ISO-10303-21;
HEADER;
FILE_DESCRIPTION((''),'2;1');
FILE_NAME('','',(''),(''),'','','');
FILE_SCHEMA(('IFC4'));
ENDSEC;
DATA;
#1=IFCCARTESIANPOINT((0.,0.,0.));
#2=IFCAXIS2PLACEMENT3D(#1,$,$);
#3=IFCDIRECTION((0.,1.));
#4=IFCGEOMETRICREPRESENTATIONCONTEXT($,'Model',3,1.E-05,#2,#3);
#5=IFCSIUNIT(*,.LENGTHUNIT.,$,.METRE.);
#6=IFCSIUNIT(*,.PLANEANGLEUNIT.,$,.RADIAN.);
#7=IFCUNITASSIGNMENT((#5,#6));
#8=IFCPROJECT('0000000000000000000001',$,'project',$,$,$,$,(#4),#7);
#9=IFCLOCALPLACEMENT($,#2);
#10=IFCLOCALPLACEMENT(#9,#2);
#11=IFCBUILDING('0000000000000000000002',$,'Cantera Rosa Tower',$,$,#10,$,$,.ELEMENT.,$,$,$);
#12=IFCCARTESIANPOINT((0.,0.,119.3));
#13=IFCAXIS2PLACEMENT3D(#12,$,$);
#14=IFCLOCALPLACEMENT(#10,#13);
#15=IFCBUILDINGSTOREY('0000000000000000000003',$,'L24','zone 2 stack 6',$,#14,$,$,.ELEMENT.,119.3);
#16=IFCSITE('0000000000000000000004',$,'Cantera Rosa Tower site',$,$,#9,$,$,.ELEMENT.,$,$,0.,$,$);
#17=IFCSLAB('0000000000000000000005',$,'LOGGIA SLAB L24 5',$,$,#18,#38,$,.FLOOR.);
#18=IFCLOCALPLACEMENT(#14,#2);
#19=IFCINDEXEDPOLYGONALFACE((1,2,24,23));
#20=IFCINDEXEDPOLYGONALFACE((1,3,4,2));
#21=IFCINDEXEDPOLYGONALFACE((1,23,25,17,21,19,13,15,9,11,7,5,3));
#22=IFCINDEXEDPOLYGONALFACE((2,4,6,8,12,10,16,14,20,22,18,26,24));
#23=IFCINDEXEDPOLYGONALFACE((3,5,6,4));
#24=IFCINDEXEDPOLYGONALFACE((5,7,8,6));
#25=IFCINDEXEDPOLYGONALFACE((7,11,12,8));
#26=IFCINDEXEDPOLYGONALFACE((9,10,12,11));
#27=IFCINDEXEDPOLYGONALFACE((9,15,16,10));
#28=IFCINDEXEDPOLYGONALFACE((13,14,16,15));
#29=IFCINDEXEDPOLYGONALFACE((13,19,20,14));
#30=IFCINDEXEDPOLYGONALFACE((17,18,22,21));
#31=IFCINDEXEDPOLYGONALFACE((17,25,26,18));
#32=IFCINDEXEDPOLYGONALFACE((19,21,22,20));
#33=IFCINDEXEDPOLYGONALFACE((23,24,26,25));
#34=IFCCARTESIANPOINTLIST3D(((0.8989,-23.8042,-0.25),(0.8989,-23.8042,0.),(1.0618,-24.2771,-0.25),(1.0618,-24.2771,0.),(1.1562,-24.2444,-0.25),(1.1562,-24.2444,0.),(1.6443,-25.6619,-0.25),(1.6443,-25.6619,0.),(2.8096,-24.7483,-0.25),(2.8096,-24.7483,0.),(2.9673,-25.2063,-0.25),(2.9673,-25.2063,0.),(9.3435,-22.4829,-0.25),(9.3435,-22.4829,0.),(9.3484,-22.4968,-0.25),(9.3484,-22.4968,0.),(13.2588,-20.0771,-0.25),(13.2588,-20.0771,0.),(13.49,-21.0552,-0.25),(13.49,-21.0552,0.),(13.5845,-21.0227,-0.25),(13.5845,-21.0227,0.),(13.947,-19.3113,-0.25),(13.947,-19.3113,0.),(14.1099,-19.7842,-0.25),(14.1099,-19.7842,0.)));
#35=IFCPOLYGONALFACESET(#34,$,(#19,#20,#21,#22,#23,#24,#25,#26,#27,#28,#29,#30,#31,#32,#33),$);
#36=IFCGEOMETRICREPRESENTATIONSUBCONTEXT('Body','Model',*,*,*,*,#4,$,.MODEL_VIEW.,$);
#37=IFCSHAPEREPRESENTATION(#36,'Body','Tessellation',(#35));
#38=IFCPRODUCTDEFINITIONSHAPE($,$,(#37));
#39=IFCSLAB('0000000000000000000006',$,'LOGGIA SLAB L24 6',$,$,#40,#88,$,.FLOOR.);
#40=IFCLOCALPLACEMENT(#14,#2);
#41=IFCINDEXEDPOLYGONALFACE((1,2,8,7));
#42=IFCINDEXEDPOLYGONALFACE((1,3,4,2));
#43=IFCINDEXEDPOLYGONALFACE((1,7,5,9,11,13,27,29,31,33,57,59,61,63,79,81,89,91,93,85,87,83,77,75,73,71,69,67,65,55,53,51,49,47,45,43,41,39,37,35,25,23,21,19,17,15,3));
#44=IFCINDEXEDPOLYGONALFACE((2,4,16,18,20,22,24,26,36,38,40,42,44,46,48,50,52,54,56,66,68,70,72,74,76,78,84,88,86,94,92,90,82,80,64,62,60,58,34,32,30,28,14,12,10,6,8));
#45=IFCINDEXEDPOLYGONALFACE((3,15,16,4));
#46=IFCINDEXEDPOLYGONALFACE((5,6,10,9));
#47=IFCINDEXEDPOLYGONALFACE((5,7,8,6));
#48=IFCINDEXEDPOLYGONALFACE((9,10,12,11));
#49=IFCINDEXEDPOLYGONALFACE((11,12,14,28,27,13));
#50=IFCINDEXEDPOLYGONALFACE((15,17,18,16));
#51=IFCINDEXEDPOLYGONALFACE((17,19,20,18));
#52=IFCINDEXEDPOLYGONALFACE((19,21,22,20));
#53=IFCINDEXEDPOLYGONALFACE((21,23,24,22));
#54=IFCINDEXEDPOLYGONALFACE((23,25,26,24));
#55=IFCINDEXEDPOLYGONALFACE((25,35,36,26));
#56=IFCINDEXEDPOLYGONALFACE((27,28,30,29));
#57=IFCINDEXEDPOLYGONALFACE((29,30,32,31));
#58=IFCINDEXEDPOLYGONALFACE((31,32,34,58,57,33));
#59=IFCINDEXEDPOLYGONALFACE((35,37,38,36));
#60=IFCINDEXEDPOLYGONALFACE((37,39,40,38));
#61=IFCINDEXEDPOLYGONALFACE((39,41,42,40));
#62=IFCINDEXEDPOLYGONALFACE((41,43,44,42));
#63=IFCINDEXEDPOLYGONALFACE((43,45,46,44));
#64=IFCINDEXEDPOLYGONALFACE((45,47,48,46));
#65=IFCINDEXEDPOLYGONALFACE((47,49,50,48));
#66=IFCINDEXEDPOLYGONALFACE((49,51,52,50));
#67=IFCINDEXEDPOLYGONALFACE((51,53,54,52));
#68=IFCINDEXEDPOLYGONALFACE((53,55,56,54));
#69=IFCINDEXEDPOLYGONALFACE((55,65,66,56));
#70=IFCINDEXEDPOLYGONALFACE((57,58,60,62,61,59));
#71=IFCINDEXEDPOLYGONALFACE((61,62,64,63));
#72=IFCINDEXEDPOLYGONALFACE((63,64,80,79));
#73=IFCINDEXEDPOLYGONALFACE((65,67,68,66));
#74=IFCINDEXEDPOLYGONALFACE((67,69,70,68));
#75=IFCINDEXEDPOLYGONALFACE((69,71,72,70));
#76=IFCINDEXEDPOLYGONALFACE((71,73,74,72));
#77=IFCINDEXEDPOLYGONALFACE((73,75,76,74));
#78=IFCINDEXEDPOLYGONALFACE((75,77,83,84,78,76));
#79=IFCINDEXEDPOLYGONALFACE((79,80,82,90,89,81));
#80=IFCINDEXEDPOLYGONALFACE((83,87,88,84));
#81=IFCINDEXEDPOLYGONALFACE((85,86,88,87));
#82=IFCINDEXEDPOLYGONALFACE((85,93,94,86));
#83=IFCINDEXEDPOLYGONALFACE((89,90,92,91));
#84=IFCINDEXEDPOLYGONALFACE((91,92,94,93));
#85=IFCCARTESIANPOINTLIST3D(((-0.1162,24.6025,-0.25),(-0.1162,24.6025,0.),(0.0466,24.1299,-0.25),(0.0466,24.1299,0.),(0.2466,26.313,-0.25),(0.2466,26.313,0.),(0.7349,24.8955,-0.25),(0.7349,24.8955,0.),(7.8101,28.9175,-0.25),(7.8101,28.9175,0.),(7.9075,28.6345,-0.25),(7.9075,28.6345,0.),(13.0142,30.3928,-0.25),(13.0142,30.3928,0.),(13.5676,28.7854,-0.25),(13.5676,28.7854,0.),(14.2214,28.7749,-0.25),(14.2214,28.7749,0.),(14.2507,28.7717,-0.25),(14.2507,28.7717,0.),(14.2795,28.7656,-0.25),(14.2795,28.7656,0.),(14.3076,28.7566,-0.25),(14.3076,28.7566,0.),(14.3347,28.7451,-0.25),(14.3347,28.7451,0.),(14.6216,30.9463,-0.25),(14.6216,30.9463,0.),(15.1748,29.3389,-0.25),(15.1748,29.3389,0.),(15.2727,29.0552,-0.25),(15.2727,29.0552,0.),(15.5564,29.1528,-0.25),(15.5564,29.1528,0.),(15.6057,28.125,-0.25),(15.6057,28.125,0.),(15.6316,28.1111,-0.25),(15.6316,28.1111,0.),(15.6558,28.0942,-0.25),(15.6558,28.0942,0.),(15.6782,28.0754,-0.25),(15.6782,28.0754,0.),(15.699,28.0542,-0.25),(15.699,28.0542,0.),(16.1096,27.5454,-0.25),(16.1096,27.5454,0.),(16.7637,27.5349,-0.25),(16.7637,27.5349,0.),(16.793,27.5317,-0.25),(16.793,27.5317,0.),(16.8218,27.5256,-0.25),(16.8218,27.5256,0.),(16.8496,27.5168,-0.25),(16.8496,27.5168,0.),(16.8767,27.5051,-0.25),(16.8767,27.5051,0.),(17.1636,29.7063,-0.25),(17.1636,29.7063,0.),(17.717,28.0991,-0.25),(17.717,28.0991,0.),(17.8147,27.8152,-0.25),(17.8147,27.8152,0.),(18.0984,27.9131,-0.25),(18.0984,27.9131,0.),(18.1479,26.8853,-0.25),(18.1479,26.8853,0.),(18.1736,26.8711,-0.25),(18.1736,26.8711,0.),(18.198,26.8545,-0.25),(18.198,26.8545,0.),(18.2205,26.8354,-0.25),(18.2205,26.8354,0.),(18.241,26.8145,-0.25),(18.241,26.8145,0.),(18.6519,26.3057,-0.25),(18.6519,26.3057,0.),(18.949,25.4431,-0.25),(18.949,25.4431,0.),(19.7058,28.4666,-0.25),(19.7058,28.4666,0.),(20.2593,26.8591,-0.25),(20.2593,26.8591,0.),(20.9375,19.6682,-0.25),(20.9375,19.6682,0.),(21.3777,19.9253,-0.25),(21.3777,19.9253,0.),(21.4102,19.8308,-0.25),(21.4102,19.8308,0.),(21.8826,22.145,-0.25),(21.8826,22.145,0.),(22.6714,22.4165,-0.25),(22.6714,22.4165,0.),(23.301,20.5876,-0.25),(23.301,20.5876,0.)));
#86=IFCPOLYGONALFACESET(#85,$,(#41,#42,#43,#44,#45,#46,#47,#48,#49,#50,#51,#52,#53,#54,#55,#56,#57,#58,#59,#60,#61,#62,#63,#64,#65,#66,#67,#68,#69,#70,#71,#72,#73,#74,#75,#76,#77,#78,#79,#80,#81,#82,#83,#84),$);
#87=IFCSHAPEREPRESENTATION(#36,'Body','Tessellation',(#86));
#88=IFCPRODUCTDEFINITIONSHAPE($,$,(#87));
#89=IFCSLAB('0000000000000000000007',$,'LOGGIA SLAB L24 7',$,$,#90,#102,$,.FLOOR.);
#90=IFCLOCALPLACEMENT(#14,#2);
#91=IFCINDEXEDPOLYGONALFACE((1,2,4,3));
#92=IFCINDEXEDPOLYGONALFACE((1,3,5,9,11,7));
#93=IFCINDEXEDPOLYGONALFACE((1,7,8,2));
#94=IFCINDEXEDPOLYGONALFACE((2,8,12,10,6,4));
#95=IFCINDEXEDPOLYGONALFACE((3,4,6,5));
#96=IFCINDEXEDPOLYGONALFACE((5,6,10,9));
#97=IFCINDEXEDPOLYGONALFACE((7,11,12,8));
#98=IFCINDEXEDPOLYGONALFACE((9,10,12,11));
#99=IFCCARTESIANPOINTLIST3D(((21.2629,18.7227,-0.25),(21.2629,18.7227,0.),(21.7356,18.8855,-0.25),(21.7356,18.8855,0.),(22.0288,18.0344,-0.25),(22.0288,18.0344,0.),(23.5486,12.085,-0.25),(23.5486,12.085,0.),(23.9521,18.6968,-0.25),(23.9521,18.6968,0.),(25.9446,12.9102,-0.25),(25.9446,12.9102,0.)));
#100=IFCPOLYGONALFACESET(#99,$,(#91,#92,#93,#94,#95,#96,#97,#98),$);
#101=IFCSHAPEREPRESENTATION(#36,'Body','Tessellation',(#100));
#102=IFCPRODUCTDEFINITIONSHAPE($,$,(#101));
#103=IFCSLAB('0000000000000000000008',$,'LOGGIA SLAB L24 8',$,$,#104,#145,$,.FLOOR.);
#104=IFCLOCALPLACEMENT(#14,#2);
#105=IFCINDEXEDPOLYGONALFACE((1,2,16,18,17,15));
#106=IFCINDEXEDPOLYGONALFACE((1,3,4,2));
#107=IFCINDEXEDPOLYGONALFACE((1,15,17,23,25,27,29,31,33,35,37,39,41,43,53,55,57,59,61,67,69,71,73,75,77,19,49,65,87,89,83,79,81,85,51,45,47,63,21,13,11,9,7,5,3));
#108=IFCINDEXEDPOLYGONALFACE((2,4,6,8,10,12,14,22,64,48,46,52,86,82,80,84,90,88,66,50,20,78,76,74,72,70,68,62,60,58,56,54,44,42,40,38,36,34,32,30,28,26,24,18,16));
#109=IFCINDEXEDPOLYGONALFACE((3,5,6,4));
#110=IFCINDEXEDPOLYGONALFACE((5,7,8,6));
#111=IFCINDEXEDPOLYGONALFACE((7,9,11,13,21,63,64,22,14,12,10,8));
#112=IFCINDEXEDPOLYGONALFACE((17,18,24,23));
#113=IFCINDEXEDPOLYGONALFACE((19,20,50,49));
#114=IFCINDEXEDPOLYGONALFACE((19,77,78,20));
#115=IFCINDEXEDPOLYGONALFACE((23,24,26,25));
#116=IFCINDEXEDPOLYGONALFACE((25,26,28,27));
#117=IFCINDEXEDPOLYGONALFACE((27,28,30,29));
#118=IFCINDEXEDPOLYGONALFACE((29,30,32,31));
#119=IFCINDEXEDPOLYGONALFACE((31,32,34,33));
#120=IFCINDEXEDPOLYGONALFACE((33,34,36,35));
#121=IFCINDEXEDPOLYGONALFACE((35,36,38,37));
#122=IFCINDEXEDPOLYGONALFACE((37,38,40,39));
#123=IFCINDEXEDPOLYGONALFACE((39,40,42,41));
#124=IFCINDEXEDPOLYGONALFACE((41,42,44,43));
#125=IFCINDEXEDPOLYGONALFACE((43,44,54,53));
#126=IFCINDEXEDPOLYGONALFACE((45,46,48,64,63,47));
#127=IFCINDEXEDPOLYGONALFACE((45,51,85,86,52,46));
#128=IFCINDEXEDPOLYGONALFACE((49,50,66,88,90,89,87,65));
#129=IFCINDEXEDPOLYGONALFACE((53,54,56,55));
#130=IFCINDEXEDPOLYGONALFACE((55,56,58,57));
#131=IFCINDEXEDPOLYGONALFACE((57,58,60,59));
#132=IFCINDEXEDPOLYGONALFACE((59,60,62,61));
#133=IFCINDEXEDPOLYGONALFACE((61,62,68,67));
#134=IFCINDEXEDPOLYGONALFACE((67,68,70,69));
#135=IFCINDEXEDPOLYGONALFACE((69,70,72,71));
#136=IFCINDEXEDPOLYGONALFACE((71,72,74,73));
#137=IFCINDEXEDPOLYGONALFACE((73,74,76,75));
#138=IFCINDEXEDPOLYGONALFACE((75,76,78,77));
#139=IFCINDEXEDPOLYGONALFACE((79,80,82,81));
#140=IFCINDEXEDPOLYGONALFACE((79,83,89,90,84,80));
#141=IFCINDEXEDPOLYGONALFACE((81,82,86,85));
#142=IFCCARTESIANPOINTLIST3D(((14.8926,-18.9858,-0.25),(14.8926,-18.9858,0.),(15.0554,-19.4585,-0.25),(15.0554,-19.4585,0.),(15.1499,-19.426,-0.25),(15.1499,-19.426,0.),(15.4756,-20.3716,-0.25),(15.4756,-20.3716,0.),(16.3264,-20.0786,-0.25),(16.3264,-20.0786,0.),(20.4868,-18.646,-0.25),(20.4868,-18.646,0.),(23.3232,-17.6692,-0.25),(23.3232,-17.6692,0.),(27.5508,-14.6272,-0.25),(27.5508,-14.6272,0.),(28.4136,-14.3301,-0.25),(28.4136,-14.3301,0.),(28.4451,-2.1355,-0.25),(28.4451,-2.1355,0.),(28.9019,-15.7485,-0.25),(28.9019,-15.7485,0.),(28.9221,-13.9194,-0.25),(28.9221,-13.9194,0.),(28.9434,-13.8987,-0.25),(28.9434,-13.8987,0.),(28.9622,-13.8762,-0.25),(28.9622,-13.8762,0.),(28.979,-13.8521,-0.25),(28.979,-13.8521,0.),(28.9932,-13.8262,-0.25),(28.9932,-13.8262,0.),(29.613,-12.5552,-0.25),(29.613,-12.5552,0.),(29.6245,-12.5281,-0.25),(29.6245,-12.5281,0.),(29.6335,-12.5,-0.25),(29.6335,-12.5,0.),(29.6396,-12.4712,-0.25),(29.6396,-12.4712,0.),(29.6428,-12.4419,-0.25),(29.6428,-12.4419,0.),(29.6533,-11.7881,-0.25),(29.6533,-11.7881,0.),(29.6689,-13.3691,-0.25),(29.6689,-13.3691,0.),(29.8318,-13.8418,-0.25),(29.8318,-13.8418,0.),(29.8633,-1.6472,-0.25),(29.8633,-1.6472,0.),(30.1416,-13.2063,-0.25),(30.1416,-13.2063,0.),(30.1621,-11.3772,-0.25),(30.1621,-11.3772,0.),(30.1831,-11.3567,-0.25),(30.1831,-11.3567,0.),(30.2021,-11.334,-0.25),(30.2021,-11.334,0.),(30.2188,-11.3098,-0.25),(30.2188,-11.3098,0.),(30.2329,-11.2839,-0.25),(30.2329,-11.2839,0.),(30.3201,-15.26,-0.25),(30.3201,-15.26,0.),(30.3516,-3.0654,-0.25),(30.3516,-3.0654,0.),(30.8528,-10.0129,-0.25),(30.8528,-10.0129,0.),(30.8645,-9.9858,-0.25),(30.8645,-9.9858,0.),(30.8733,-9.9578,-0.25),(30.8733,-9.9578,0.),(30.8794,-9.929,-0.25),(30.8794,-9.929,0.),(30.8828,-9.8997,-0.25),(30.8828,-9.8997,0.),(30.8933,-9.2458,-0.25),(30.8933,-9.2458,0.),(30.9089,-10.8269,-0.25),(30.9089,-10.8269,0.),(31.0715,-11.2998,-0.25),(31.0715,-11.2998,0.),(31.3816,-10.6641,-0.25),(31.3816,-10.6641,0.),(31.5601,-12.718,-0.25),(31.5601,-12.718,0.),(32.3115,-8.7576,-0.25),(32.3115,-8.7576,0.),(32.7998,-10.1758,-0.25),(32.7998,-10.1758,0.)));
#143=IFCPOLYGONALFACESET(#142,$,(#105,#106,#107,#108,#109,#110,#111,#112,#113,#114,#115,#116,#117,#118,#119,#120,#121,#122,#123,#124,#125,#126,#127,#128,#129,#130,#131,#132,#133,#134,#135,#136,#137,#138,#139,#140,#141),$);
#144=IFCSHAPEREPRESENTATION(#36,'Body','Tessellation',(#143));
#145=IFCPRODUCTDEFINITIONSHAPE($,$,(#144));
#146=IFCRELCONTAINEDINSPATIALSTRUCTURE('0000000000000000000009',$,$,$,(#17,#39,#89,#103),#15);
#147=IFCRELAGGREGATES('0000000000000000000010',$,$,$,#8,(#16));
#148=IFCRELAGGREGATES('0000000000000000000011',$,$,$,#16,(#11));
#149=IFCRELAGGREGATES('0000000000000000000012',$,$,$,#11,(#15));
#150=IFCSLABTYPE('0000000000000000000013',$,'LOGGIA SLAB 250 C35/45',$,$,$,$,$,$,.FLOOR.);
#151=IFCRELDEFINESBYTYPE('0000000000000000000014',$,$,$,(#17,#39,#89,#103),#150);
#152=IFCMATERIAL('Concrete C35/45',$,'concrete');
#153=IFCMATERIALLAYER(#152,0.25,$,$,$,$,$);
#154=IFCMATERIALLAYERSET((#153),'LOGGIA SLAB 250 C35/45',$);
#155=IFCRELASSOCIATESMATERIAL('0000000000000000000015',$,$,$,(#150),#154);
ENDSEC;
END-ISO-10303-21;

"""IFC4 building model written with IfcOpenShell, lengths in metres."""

from ifc_helpers import new_model, si_unit, direction, frame, origin, place, context, subcontext, project, spatial, polyline, outline, extrude, material, layer, layer_set, type_object, element, save


model = new_model("IFC4")

# Units and contexts
model_context = context("Model", 3, precision=1e-05, world=origin(), true_north=direction((0.0, 1.0)))
body_context = subcontext(model_context, "Body", "Model", "MODEL_VIEW")
ifc_project = project(units=[si_unit("LENGTHUNIT", "METRE"), si_unit("PLANEANGLEUNIT", "RADIAN")], contexts=[model_context])

# Site, building, storey
site_placement = place(None, origin())
site = spatial("IfcSite", under=ifc_project, at=site_placement, Name="Cantera Rosa Tower site", CompositionType="ELEMENT", RefElevation=0.0)
building_placement = place(site_placement, origin())
building = spatial("IfcBuilding", under=site, at=building_placement, Name="Cantera Rosa Tower", CompositionType="ELEMENT")
storey_placement = place(building_placement, frame((0.0, 0.0, 119.3)))
storey = spatial("IfcBuildingStorey", under=building, at=storey_placement, Name="L24", Description="zone 2 stack 6", CompositionType="ELEMENT", Elevation=119.3)

# Slabs
ifc_material_1 = material(Name="Concrete C35/45", Category="concrete")
ifc_layer_1 = layer(ifc_material_1, 0.25)
ifc_layer_set_1 = layer_set([ifc_layer_1], Name="LOGGIA SLAB 250 C35/45")
slab_type_1 = type_object("IfcSlabType", Name="LOGGIA SLAB 250 C35/45", PredefinedType="FLOOR", material=ifc_layer_set_1)
slab_1_placement = place(storey_placement, frame((0.0, 0.0, -0.25)))
element("IfcSlab", 1, at=slab_1_placement, inside=storey, type_object=slab_type_1, Name="LOGGIA SLAB L24 5", PredefinedType="FLOOR", context=body_context, shape_type="SweptSolid", body=[
    extrude(outline(polyline([(1.0618, -24.2771), (0.8989, -23.8042), (13.947, -19.3113), (14.1099, -19.7842), (13.2588, -20.0771), (13.5845, -21.0227), (13.49, -21.0552), (9.3435, -22.4829), (9.3484, -22.4968), (2.8096, -24.7483), (2.9673, -25.2063), (1.6443, -25.6619), (1.1562, -24.2444), (1.0618, -24.2771)])), origin(), (0.0, 0.0, 1.0), 0.25),
])
slab_2_placement = place(storey_placement, frame((0.0, 0.0, -0.25)))
element("IfcSlab", 2, at=slab_2_placement, inside=storey, type_object=slab_type_1, Name="LOGGIA SLAB L24 6", PredefinedType="FLOOR", context=body_context, shape_type="SweptSolid", body=[
    extrude(outline(polyline([(13.0142, 30.3928), (14.6216, 30.9463), (15.1748, 29.3389), (15.2727, 29.0552), (15.5564, 29.1528), (17.1636, 29.7063), (17.717, 28.0991), (17.8147, 27.8152), (18.0984, 27.9131), (19.7058, 28.4666), (20.2593, 26.8591), (21.8826, 22.145), (22.6714, 22.4165), (23.301, 20.5876), (21.3777, 19.9253), (21.4102, 19.8308), (20.9375, 19.6682), (18.949, 25.4431), (18.6519, 26.3057), (18.241, 26.8145), (18.2205, 26.8354), (18.198, 26.8545), (18.1736, 26.8711), (18.1479, 26.8853), (16.8767, 27.5051), (16.8496, 27.5168), (16.8218, 27.5256), (16.793, 27.5317), (16.7637, 27.5349), (16.1096, 27.5454), (15.699, 28.0542), (15.6782, 28.0754), (15.6558, 28.0942), (15.6316, 28.1111), (15.6057, 28.125), (14.3347, 28.7451), (14.3076, 28.7566), (14.2795, 28.7656), (14.2507, 28.7717), (14.2214, 28.7749), (13.5676, 28.7854), (0.0466, 24.1299), (-0.1162, 24.6025), (0.7349, 24.8955), (0.2466, 26.313), (7.8101, 28.9175), (7.9075, 28.6345), (13.0142, 30.3928)])), origin(), (0.0, 0.0, 1.0), 0.25),
])
slab_3_placement = place(storey_placement, frame((0.0, 0.0, -0.25)))
element("IfcSlab", 3, at=slab_3_placement, inside=storey, type_object=slab_type_1, Name="LOGGIA SLAB L24 7", PredefinedType="FLOOR", context=body_context, shape_type="SweptSolid", body=[
    extrude(outline(polyline([(21.7356, 18.8855), (22.0288, 18.0344), (23.9521, 18.6968), (25.9446, 12.9102), (23.5486, 12.085), (21.2629, 18.7227), (21.7356, 18.8855)])), origin(), (0.0, 0.0, 1.0), 0.25),
])
slab_4_placement = place(storey_placement, frame((0.0, 0.0, -0.25)))
element("IfcSlab", 4, at=slab_4_placement, inside=storey, type_object=slab_type_1, Name="LOGGIA SLAB L24 8", PredefinedType="FLOOR", context=body_context, shape_type="SweptSolid", body=[
    extrude(outline(polyline([(32.3115, -8.7576), (32.7998, -10.1758), (31.3816, -10.6641), (30.9089, -10.8269), (31.0715, -11.2998), (31.5601, -12.718), (30.1416, -13.2063), (29.6689, -13.3691), (29.8318, -13.8418), (30.3201, -15.26), (28.9019, -15.7485), (23.3232, -17.6692), (20.4868, -18.646), (16.3264, -20.0786), (15.4756, -20.3716), (15.1499, -19.426), (15.0554, -19.4585), (14.8926, -18.9858), (27.5508, -14.6272), (28.4136, -14.3301), (28.9221, -13.9194), (28.9434, -13.8987), (28.9622, -13.8762), (28.979, -13.8521), (28.9932, -13.8262), (29.613, -12.5552), (29.6245, -12.5281), (29.6335, -12.5), (29.6396, -12.4712), (29.6428, -12.4419), (29.6533, -11.7881), (30.1621, -11.3772), (30.1831, -11.3567), (30.2021, -11.334), (30.2188, -11.3098), (30.2329, -11.2839), (30.8528, -10.0129), (30.8645, -9.9858), (30.8733, -9.9578), (30.8794, -9.929), (30.8828, -9.8997), (30.8933, -9.2458), (28.4451, -2.1355), (29.8633, -1.6472), (30.3516, -3.0654), (32.3115, -8.7576)])), origin(), (0.0, 0.0, 1.0), 0.25),
])

save(model, "model.ifc")
